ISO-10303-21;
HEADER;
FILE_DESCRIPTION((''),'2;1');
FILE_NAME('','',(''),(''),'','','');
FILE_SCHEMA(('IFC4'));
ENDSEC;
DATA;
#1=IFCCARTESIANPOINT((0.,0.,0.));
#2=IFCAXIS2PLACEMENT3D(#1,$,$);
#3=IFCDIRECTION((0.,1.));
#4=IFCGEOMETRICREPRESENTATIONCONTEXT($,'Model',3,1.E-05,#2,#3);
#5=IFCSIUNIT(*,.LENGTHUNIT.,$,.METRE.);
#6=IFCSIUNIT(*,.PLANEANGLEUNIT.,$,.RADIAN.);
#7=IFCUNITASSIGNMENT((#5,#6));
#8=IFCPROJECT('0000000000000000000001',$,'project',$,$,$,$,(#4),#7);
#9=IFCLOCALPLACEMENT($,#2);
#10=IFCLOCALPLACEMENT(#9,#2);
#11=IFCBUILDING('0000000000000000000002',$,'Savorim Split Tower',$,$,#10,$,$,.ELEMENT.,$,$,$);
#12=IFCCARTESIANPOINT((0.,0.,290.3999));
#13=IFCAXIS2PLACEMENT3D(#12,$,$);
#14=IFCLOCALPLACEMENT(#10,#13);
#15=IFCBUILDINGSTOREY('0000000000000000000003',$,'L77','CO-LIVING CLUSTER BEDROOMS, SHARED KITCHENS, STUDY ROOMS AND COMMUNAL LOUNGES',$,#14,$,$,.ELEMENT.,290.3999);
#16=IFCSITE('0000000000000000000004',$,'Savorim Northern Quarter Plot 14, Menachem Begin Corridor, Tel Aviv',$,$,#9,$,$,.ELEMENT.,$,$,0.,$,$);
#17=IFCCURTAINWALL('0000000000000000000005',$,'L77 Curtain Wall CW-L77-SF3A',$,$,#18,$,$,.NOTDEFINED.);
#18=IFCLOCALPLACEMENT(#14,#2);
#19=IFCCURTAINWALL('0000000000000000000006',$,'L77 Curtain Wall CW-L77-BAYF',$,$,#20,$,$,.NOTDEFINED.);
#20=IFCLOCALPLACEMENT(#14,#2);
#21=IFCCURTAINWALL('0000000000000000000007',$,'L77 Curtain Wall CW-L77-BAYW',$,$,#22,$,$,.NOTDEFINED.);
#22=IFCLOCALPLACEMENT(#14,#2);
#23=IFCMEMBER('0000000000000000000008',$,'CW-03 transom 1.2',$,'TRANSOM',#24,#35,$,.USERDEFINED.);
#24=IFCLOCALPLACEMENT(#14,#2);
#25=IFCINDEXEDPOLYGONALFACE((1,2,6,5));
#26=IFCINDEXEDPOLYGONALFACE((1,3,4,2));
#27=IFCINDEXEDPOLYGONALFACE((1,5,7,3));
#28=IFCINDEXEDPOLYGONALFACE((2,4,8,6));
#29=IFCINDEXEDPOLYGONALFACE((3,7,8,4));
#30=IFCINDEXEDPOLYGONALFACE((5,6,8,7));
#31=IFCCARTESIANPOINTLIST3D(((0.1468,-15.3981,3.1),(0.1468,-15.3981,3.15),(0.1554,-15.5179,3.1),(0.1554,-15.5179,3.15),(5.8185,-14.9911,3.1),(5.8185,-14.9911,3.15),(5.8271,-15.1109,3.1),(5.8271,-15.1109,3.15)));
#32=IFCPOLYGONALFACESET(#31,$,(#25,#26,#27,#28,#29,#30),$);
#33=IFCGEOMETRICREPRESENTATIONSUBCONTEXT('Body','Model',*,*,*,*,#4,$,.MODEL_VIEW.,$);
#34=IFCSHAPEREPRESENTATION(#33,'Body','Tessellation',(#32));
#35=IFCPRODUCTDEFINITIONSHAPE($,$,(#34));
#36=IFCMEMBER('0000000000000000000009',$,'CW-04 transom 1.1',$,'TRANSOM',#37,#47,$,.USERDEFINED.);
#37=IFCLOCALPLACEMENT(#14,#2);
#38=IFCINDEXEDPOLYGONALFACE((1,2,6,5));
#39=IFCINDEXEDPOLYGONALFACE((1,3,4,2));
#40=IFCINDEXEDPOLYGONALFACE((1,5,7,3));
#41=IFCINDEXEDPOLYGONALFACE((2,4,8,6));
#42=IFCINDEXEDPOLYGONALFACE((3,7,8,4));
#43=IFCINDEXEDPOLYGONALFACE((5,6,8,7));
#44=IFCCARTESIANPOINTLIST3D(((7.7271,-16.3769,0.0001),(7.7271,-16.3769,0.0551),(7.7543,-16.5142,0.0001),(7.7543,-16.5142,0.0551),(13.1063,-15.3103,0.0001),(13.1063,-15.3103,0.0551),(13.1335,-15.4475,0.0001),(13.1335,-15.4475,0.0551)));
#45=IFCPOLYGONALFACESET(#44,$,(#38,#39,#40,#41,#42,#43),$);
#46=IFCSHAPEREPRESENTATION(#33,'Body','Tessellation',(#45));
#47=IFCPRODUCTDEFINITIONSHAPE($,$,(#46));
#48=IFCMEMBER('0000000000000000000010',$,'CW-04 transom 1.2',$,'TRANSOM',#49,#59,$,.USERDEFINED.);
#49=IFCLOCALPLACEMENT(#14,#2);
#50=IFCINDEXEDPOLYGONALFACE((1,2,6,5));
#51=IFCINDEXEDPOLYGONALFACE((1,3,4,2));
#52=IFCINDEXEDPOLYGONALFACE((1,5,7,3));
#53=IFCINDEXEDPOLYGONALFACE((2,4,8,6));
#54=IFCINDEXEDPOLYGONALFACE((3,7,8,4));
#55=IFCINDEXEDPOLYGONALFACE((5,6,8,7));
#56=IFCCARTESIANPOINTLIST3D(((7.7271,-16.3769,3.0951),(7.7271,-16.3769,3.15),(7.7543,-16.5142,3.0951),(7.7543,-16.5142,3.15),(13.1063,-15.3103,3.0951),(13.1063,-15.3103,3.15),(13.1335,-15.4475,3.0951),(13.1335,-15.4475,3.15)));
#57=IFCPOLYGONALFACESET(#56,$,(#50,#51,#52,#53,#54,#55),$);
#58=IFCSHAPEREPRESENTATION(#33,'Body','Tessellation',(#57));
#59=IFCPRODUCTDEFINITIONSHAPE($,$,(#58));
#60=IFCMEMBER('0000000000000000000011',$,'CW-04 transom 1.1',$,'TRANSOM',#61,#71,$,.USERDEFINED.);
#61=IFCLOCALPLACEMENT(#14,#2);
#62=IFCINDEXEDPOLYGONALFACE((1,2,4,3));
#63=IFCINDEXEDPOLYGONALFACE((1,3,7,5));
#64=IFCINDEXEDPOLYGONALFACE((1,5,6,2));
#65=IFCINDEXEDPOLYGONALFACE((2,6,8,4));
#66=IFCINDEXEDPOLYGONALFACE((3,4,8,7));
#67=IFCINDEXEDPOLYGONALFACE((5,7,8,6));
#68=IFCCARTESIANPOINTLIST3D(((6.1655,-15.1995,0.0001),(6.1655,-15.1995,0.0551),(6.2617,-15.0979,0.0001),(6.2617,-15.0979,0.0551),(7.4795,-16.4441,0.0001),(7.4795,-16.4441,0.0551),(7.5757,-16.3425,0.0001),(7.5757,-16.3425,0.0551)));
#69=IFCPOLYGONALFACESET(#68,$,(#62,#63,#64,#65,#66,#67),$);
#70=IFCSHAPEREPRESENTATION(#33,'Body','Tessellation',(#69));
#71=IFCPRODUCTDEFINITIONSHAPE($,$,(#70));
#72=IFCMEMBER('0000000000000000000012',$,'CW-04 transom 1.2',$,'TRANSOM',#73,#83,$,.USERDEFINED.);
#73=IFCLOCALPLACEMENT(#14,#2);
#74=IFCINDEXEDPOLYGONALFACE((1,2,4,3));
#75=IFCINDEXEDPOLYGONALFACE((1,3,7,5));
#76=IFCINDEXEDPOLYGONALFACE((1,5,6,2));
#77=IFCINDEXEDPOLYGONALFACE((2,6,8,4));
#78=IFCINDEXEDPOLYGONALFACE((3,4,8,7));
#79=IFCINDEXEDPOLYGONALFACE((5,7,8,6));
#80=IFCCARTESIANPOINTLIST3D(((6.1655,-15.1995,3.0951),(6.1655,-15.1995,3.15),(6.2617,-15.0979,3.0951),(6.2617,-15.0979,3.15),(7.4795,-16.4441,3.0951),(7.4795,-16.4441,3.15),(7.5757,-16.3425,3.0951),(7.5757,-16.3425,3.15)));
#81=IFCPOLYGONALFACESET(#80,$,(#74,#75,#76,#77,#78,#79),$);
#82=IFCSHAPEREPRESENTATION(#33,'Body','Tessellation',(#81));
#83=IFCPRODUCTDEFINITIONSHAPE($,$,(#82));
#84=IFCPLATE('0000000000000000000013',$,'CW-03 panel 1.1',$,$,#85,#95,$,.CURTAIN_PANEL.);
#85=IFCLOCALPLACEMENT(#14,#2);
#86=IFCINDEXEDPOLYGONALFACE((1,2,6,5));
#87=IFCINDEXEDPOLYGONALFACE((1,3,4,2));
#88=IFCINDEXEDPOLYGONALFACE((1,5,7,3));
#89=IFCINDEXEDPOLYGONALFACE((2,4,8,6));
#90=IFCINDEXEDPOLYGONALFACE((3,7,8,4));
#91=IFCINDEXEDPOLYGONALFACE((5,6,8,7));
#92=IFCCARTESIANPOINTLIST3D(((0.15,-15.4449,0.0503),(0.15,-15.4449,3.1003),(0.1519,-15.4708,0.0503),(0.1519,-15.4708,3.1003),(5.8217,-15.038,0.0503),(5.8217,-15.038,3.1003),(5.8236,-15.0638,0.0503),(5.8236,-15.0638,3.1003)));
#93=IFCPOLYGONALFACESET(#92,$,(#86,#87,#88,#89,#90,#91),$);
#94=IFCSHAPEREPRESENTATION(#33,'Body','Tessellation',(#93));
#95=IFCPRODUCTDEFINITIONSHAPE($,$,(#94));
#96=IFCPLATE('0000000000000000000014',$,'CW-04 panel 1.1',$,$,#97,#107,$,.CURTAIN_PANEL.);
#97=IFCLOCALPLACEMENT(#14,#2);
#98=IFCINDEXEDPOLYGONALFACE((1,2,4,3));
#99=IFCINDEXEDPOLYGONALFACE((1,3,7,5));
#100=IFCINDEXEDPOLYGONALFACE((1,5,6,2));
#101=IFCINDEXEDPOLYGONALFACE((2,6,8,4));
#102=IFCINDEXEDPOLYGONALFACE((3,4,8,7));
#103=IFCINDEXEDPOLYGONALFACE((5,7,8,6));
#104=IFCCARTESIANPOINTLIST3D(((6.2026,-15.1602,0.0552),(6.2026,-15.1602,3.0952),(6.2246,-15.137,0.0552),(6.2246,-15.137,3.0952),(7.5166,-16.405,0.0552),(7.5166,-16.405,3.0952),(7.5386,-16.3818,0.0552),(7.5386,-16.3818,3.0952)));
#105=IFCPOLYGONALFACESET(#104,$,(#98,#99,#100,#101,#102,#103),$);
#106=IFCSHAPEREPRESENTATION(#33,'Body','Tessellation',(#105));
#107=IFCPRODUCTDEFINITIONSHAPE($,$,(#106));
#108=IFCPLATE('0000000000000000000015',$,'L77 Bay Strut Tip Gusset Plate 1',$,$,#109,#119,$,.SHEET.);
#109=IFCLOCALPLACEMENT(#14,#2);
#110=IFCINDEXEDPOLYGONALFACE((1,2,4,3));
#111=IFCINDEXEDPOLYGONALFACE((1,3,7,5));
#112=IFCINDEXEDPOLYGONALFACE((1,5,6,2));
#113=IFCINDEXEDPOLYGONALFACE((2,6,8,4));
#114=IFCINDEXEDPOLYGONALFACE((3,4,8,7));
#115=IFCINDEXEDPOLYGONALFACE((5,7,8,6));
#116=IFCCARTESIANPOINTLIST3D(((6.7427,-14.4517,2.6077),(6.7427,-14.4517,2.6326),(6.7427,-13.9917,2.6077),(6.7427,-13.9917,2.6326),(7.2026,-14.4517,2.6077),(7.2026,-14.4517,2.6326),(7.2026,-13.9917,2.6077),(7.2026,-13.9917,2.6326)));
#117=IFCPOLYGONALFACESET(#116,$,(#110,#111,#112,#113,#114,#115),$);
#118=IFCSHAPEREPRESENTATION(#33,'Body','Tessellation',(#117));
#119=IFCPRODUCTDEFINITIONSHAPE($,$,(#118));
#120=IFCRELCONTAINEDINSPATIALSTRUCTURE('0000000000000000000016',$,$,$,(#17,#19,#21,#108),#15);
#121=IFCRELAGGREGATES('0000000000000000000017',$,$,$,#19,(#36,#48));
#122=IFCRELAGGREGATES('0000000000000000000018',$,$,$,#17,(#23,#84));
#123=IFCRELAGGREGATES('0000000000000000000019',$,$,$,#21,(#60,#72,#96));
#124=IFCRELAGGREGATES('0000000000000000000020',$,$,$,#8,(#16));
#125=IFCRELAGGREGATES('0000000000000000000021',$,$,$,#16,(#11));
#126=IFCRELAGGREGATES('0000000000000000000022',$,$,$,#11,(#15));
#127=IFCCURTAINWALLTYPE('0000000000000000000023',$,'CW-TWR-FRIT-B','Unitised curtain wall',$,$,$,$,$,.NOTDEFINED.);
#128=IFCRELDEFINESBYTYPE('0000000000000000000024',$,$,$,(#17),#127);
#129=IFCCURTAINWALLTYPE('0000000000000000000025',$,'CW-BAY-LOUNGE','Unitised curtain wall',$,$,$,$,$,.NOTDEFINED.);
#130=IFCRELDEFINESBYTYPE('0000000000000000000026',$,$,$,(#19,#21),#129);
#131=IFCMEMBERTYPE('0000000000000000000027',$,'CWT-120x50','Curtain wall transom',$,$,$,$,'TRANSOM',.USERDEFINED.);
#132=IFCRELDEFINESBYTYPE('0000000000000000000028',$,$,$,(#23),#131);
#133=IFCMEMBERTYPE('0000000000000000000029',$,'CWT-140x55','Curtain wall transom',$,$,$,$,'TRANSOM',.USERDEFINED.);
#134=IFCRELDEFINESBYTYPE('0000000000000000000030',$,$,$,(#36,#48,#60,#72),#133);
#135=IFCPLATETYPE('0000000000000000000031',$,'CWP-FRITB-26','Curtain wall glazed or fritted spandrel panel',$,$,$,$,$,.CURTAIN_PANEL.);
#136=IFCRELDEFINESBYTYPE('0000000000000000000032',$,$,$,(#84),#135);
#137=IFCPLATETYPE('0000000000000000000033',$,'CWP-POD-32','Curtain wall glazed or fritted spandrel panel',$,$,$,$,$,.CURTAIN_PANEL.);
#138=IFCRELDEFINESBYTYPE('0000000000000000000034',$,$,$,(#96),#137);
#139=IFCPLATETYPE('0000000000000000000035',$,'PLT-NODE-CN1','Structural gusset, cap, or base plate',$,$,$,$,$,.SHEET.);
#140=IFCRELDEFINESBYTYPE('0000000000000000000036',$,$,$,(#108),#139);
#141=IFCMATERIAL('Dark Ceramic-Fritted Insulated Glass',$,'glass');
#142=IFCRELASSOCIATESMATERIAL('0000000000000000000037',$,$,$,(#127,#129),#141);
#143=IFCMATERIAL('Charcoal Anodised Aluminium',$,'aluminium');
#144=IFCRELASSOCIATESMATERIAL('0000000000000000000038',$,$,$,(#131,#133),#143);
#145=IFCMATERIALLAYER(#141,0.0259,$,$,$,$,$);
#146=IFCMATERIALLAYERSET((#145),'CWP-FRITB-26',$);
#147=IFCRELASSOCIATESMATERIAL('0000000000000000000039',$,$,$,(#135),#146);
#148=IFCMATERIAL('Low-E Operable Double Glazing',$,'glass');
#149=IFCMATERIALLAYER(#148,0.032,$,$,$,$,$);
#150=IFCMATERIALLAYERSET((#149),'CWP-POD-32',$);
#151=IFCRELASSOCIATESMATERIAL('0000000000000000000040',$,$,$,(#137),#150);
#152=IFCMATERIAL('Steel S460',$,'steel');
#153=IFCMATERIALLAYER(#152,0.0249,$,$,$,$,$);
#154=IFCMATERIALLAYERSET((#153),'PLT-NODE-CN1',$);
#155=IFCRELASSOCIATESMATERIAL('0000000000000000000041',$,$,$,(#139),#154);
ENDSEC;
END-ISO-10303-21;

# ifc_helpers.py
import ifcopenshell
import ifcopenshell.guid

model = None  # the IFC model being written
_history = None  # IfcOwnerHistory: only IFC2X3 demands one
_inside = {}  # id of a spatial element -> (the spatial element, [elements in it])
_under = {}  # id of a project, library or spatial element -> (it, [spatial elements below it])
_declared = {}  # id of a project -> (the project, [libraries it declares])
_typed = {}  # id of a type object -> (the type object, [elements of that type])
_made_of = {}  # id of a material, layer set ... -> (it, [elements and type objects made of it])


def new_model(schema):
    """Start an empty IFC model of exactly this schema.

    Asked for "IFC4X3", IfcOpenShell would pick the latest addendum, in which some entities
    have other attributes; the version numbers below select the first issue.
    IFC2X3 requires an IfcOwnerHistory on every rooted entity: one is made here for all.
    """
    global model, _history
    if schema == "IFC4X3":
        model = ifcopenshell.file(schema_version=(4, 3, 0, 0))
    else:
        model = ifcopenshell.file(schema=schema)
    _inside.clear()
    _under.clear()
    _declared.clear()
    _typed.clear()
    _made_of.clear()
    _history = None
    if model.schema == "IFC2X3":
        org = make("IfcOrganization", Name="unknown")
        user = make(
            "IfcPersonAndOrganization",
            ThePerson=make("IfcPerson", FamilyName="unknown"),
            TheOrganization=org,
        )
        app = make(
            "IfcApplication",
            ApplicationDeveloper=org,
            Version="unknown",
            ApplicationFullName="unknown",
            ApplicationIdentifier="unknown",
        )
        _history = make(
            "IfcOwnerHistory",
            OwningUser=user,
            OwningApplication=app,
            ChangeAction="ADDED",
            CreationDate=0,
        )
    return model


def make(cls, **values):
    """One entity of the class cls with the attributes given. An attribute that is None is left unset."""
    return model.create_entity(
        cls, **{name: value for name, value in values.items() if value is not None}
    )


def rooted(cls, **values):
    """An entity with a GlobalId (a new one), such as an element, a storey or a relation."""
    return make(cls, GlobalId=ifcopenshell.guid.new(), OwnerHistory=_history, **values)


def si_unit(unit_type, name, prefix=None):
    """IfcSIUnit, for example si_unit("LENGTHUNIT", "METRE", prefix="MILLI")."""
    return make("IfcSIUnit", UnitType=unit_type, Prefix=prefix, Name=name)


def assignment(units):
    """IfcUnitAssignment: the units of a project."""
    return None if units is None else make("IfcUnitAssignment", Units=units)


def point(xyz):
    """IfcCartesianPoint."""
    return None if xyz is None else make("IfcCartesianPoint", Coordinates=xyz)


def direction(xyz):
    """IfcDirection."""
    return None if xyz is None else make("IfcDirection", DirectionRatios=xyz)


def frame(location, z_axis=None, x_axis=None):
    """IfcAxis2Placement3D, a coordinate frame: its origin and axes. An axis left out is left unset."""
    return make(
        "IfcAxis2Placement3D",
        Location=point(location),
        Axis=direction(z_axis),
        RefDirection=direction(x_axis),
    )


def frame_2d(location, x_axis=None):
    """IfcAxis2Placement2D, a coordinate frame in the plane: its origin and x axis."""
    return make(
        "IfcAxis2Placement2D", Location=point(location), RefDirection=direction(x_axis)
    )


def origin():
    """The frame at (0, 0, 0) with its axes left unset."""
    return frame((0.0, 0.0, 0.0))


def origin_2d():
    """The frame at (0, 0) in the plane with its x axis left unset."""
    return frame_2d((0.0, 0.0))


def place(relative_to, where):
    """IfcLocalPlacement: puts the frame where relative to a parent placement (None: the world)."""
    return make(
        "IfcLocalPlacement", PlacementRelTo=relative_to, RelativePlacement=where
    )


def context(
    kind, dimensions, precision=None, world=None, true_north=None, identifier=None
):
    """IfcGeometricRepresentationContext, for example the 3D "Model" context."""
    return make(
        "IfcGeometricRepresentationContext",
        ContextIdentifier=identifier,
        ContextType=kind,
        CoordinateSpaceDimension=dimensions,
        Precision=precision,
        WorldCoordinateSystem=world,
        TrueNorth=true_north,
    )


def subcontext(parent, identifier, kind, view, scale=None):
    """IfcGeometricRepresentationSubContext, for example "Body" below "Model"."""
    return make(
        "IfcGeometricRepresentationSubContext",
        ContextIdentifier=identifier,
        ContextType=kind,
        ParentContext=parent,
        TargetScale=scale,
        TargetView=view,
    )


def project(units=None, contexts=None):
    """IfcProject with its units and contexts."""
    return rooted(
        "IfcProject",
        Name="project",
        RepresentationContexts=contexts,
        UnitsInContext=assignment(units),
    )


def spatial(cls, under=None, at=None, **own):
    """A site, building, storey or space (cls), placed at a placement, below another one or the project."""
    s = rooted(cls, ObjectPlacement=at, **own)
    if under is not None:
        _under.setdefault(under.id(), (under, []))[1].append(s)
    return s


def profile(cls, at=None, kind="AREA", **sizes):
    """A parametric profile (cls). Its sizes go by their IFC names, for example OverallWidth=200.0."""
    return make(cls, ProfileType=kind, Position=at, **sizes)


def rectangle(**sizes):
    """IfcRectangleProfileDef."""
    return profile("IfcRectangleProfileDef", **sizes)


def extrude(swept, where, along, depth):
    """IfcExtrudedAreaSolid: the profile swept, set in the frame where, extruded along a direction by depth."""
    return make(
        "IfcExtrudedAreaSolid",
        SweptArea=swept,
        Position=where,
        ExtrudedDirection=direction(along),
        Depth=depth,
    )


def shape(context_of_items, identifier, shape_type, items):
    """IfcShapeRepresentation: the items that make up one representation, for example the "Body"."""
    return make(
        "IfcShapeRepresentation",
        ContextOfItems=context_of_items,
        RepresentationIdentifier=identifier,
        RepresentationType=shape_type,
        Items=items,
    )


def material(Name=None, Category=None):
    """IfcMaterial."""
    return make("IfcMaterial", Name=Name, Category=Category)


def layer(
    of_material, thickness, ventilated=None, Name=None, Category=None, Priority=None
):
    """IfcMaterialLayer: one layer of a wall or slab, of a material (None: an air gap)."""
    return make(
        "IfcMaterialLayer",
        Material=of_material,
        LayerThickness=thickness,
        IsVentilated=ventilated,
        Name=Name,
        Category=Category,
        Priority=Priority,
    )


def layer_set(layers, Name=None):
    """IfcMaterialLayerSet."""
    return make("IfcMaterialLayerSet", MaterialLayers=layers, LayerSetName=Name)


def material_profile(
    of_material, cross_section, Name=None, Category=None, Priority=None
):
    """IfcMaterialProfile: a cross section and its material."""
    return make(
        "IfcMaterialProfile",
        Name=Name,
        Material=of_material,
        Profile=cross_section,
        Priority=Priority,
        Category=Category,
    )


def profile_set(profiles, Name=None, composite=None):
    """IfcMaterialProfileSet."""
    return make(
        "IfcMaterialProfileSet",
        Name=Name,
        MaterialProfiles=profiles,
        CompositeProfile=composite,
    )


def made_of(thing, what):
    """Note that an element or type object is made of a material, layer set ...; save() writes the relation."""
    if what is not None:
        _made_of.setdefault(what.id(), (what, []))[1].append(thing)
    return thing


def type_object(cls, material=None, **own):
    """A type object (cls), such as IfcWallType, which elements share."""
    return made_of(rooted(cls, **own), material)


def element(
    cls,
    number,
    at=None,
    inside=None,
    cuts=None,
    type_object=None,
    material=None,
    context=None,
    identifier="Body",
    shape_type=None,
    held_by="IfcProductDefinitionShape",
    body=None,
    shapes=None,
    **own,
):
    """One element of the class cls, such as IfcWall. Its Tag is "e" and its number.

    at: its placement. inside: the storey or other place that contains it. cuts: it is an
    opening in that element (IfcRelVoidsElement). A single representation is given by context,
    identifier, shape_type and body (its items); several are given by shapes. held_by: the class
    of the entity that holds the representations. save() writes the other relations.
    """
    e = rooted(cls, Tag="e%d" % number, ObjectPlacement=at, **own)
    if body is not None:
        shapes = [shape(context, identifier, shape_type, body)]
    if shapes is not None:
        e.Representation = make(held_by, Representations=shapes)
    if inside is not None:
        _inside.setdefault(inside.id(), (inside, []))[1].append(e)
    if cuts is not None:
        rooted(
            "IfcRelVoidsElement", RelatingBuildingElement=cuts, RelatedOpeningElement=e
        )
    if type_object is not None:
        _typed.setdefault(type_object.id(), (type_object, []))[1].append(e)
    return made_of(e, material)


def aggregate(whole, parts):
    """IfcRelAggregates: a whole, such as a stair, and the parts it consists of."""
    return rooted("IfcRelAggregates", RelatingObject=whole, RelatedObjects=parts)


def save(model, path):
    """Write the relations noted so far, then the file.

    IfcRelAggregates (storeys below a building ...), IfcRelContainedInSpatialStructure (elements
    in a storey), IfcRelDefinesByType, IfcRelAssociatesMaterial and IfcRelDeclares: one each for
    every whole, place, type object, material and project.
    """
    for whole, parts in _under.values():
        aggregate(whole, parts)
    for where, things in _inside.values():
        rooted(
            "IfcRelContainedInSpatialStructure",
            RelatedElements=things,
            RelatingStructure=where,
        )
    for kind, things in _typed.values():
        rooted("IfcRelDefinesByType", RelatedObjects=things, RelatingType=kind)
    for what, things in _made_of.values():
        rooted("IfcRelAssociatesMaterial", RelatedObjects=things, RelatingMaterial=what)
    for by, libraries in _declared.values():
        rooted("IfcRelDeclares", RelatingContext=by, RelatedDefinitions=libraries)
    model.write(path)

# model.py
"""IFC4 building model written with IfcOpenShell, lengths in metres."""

from ifc_helpers import new_model, si_unit, direction, frame, origin, origin_2d, place, context, subcontext, project, spatial, rectangle, extrude, material, layer, layer_set, material_profile, profile_set, type_object, element, aggregate, save


model = new_model("IFC4")

# Units and contexts
model_context = context("Model", 3, precision=1e-05, world=origin(), true_north=direction((0.0, 1.0)))
body_context = subcontext(model_context, "Body", "Model", "MODEL_VIEW")
ifc_project = project(units=[si_unit("LENGTHUNIT", "METRE"), si_unit("PLANEANGLEUNIT", "RADIAN")], contexts=[model_context])

# Site, building, storey
site_placement = place(None, origin())
site = spatial("IfcSite", under=ifc_project, at=site_placement, Name="Savorim Northern Quarter Plot 14, Menachem Begin Corridor, Tel Aviv", CompositionType="ELEMENT", RefElevation=0.0)
building_placement = place(site_placement, origin())
building = spatial("IfcBuilding", under=site, at=building_placement, Name="Savorim Split Tower", CompositionType="ELEMENT")
storey_placement = place(building_placement, frame((0.0, 0.0, 290.3999)))
storey = spatial("IfcBuildingStorey", under=building, at=storey_placement, Name="L77", Description="CO-LIVING CLUSTER BEDROOMS, SHARED KITCHENS, STUDY ROOMS AND COMMUNAL LOUNGES", CompositionType="ELEMENT", Elevation=290.3999)

# Curtain wall
ifc_material_1 = material(Name="Dark Ceramic-Fritted Insulated Glass", Category="glass")
curtain_wall_type_1 = type_object("IfcCurtainWallType", Name="CW-TWR-FRIT-B", Description="Unitised curtain wall", PredefinedType="NOTDEFINED", material=ifc_material_1)
curtain_wall_1_placement = place(storey_placement, origin())
curtain_wall_1 = element("IfcCurtainWall", 1, at=curtain_wall_1_placement, inside=storey, type_object=curtain_wall_type_1, Name="L77 Curtain Wall CW-L77-SF3A", PredefinedType="NOTDEFINED")
ifc_material_2 = material(Name="Charcoal Anodised Aluminium", Category="aluminium")

# Curtain wall
curtain_wall_type_2 = type_object("IfcCurtainWallType", Name="CW-BAY-LOUNGE", Description="Unitised curtain wall", PredefinedType="NOTDEFINED", material=ifc_material_1)
curtain_wall_2_placement = place(storey_placement, origin())
curtain_wall_2 = element("IfcCurtainWall", 2, at=curtain_wall_2_placement, inside=storey, type_object=curtain_wall_type_2, Name="L77 Curtain Wall CW-L77-BAYF", PredefinedType="NOTDEFINED")

# Curtain wall
curtain_wall_3_placement = place(storey_placement, origin())
curtain_wall_3 = element("IfcCurtainWall", 3, at=curtain_wall_3_placement, inside=storey, type_object=curtain_wall_type_2, Name="L77 Curtain Wall CW-L77-BAYW", PredefinedType="NOTDEFINED")

# Members
ifc_material_profile_1 = material_profile(ifc_material_2, rectangle(XDim=0.1201, YDim=0.05, at=origin_2d()), Name="ALU-T 120x50")
ifc_profile_set_1 = profile_set([ifc_material_profile_1], Name="Charcoal Anodised Aluminium")
member_type_1 = type_object("IfcMemberType", Name="CWT-120x50", Description="Curtain wall transom", ElementType="TRANSOM", PredefinedType="USERDEFINED", material=ifc_profile_set_1)
member_1_placement = place(storey_placement, frame((0.1511, -15.458, 3.125), z_axis=(0.997435, 0.071574, 0.0), x_axis=(-0.071574, 0.997435, 0.0)))
member_1 = element("IfcMember", 4, at=member_1_placement, type_object=member_type_1, Name="CW-03 transom 1.2", ObjectType="TRANSOM", PredefinedType="USERDEFINED", context=body_context, shape_type="SweptSolid", body=[
    extrude(rectangle(XDim=0.1201, YDim=0.05, at=origin_2d()), origin(), (0.0, 0.0, 1.0), 5.6863),
])
ifc_material_profile_2 = material_profile(ifc_material_2, rectangle(XDim=0.1399, YDim=0.0549, at=origin_2d()), Name="ALU-T 140x55")
ifc_profile_set_2 = profile_set([ifc_material_profile_2], Name="Charcoal Anodised Aluminium")
member_type_2 = type_object("IfcMemberType", Name="CWT-140x55", Description="Curtain wall transom", ElementType="TRANSOM", PredefinedType="USERDEFINED", material=ifc_profile_set_2)
member_2_placement = place(storey_placement, frame((7.7407, -16.4456, 0.0276), z_axis=(0.980901, 0.194506, 0.0), x_axis=(-0.194506, 0.980901, 0.0)))
member_2 = element("IfcMember", 5, at=member_2_placement, type_object=member_type_2, Name="CW-04 transom 1.1", ObjectType="TRANSOM", PredefinedType="USERDEFINED", context=body_context, shape_type="SweptSolid", body=[
    extrude(rectangle(XDim=0.1399, YDim=0.0549, at=origin_2d()), origin(), (0.0, 0.0, 1.0), 5.4839),
])
member_3_placement = place(storey_placement, frame((7.7407, -16.4456, 3.1226), z_axis=(0.980901, 0.194506, 0.0), x_axis=(-0.194506, 0.980901, 0.0)))
member_3 = element("IfcMember", 6, at=member_3_placement, type_object=member_type_2, Name="CW-04 transom 1.2", ObjectType="TRANSOM", PredefinedType="USERDEFINED", context=body_context, shape_type="SweptSolid", body=[
    extrude(rectangle(XDim=0.1399, YDim=0.0549, at=origin_2d()), origin(), (0.0, 0.0, 1.0), 5.4839),
])
aggregate(curtain_wall_2, [member_2, member_3])
member_4_placement = place(storey_placement, frame((6.2136, -15.1487, 0.0276), z_axis=(0.726002, -0.687692, 0.0), x_axis=(0.687692, 0.726002, 0.0)))
member_4 = element("IfcMember", 7, at=member_4_placement, type_object=member_type_2, Name="CW-04 transom 1.1", ObjectType="TRANSOM", PredefinedType="USERDEFINED", context=body_context, shape_type="SweptSolid", body=[
    extrude(rectangle(XDim=0.1399, YDim=0.0549, at=origin_2d()), origin(), (0.0, 0.0, 1.0), 1.8098),
])
member_5_placement = place(storey_placement, frame((6.2136, -15.1487, 3.1226), z_axis=(0.726002, -0.687692, 0.0), x_axis=(0.687692, 0.726002, 0.0)))
member_5 = element("IfcMember", 8, at=member_5_placement, type_object=member_type_2, Name="CW-04 transom 1.2", ObjectType="TRANSOM", PredefinedType="USERDEFINED", context=body_context, shape_type="SweptSolid", body=[
    extrude(rectangle(XDim=0.1399, YDim=0.0549, at=origin_2d()), origin(), (0.0, 0.0, 1.0), 1.8098),
])

# Plates
ifc_layer_1 = layer(ifc_material_1, 0.0259)
ifc_layer_set_1 = layer_set([ifc_layer_1], Name="CWP-FRITB-26")
plate_type_1 = type_object("IfcPlateType", Name="CWP-FRITB-26", Description="Curtain wall glazed or fritted spandrel panel", PredefinedType="CURTAIN_PANEL", material=ifc_layer_set_1)
plate_1_placement = place(storey_placement, frame((2.9868, -15.2544, 0.0503), z_axis=(0.0, 0.0, 1.0), x_axis=(0.997436, 0.071562, 0.0)))
plate_1 = element("IfcPlate", 9, at=plate_1_placement, type_object=plate_type_1, Name="CW-03 panel 1.1", PredefinedType="CURTAIN_PANEL", context=body_context, shape_type="SweptSolid", body=[
    extrude(rectangle(XDim=5.6863, YDim=0.0259, at=origin_2d()), origin(), (0.0, 0.0, 1.0), 3.05),
])
aggregate(curtain_wall_1, [member_1, plate_1])
ifc_material_3 = material(Name="Low-E Operable Double Glazing", Category="glass")
ifc_layer_2 = layer(ifc_material_3, 0.032)
ifc_layer_set_2 = layer_set([ifc_layer_2], Name="CWP-POD-32")
plate_type_2 = type_object("IfcPlateType", Name="CWP-POD-32", Description="Curtain wall glazed or fritted spandrel panel", PredefinedType="CURTAIN_PANEL", material=ifc_layer_set_2)
plate_2_placement = place(storey_placement, frame((6.8706, -15.771, 0.0552), z_axis=(0.0, 0.0, 1.0), x_axis=(0.725947, -0.68775, 0.0)))
plate_2 = element("IfcPlate", 10, at=plate_2_placement, type_object=plate_type_2, Name="CW-04 panel 1.1", PredefinedType="CURTAIN_PANEL", context=body_context, shape_type="SweptSolid", body=[
    extrude(rectangle(XDim=1.8101, YDim=0.032, at=origin_2d()), origin(), (0.0, 0.0, 1.0), 3.04),
])
aggregate(curtain_wall_3, [member_4, member_5, plate_2])
ifc_material_4 = material(Name="Steel S460", Category="steel")
ifc_layer_3 = layer(ifc_material_4, 0.0249)
ifc_layer_set_3 = layer_set([ifc_layer_3], Name="PLT-NODE-CN1")
plate_type_3 = type_object("IfcPlateType", Name="PLT-NODE-CN1", Description="Structural gusset, cap, or base plate", PredefinedType="SHEET", material=ifc_layer_set_3)
plate_3_placement = place(storey_placement, frame((6.9727, -14.2217, 2.6077), z_axis=(0.0, 0.0, 1.0), x_axis=(1.0, 0.0, 0.0)))
element("IfcPlate", 11, at=plate_3_placement, inside=storey, type_object=plate_type_3, Name="L77 Bay Strut Tip Gusset Plate 1", PredefinedType="SHEET", context=body_context, shape_type="SweptSolid", body=[
    extrude(rectangle(XDim=0.46, YDim=0.46, at=origin_2d()), origin(), (0.0, 0.0, 1.0), 0.0249),
])

save(model, "model.ifc")
